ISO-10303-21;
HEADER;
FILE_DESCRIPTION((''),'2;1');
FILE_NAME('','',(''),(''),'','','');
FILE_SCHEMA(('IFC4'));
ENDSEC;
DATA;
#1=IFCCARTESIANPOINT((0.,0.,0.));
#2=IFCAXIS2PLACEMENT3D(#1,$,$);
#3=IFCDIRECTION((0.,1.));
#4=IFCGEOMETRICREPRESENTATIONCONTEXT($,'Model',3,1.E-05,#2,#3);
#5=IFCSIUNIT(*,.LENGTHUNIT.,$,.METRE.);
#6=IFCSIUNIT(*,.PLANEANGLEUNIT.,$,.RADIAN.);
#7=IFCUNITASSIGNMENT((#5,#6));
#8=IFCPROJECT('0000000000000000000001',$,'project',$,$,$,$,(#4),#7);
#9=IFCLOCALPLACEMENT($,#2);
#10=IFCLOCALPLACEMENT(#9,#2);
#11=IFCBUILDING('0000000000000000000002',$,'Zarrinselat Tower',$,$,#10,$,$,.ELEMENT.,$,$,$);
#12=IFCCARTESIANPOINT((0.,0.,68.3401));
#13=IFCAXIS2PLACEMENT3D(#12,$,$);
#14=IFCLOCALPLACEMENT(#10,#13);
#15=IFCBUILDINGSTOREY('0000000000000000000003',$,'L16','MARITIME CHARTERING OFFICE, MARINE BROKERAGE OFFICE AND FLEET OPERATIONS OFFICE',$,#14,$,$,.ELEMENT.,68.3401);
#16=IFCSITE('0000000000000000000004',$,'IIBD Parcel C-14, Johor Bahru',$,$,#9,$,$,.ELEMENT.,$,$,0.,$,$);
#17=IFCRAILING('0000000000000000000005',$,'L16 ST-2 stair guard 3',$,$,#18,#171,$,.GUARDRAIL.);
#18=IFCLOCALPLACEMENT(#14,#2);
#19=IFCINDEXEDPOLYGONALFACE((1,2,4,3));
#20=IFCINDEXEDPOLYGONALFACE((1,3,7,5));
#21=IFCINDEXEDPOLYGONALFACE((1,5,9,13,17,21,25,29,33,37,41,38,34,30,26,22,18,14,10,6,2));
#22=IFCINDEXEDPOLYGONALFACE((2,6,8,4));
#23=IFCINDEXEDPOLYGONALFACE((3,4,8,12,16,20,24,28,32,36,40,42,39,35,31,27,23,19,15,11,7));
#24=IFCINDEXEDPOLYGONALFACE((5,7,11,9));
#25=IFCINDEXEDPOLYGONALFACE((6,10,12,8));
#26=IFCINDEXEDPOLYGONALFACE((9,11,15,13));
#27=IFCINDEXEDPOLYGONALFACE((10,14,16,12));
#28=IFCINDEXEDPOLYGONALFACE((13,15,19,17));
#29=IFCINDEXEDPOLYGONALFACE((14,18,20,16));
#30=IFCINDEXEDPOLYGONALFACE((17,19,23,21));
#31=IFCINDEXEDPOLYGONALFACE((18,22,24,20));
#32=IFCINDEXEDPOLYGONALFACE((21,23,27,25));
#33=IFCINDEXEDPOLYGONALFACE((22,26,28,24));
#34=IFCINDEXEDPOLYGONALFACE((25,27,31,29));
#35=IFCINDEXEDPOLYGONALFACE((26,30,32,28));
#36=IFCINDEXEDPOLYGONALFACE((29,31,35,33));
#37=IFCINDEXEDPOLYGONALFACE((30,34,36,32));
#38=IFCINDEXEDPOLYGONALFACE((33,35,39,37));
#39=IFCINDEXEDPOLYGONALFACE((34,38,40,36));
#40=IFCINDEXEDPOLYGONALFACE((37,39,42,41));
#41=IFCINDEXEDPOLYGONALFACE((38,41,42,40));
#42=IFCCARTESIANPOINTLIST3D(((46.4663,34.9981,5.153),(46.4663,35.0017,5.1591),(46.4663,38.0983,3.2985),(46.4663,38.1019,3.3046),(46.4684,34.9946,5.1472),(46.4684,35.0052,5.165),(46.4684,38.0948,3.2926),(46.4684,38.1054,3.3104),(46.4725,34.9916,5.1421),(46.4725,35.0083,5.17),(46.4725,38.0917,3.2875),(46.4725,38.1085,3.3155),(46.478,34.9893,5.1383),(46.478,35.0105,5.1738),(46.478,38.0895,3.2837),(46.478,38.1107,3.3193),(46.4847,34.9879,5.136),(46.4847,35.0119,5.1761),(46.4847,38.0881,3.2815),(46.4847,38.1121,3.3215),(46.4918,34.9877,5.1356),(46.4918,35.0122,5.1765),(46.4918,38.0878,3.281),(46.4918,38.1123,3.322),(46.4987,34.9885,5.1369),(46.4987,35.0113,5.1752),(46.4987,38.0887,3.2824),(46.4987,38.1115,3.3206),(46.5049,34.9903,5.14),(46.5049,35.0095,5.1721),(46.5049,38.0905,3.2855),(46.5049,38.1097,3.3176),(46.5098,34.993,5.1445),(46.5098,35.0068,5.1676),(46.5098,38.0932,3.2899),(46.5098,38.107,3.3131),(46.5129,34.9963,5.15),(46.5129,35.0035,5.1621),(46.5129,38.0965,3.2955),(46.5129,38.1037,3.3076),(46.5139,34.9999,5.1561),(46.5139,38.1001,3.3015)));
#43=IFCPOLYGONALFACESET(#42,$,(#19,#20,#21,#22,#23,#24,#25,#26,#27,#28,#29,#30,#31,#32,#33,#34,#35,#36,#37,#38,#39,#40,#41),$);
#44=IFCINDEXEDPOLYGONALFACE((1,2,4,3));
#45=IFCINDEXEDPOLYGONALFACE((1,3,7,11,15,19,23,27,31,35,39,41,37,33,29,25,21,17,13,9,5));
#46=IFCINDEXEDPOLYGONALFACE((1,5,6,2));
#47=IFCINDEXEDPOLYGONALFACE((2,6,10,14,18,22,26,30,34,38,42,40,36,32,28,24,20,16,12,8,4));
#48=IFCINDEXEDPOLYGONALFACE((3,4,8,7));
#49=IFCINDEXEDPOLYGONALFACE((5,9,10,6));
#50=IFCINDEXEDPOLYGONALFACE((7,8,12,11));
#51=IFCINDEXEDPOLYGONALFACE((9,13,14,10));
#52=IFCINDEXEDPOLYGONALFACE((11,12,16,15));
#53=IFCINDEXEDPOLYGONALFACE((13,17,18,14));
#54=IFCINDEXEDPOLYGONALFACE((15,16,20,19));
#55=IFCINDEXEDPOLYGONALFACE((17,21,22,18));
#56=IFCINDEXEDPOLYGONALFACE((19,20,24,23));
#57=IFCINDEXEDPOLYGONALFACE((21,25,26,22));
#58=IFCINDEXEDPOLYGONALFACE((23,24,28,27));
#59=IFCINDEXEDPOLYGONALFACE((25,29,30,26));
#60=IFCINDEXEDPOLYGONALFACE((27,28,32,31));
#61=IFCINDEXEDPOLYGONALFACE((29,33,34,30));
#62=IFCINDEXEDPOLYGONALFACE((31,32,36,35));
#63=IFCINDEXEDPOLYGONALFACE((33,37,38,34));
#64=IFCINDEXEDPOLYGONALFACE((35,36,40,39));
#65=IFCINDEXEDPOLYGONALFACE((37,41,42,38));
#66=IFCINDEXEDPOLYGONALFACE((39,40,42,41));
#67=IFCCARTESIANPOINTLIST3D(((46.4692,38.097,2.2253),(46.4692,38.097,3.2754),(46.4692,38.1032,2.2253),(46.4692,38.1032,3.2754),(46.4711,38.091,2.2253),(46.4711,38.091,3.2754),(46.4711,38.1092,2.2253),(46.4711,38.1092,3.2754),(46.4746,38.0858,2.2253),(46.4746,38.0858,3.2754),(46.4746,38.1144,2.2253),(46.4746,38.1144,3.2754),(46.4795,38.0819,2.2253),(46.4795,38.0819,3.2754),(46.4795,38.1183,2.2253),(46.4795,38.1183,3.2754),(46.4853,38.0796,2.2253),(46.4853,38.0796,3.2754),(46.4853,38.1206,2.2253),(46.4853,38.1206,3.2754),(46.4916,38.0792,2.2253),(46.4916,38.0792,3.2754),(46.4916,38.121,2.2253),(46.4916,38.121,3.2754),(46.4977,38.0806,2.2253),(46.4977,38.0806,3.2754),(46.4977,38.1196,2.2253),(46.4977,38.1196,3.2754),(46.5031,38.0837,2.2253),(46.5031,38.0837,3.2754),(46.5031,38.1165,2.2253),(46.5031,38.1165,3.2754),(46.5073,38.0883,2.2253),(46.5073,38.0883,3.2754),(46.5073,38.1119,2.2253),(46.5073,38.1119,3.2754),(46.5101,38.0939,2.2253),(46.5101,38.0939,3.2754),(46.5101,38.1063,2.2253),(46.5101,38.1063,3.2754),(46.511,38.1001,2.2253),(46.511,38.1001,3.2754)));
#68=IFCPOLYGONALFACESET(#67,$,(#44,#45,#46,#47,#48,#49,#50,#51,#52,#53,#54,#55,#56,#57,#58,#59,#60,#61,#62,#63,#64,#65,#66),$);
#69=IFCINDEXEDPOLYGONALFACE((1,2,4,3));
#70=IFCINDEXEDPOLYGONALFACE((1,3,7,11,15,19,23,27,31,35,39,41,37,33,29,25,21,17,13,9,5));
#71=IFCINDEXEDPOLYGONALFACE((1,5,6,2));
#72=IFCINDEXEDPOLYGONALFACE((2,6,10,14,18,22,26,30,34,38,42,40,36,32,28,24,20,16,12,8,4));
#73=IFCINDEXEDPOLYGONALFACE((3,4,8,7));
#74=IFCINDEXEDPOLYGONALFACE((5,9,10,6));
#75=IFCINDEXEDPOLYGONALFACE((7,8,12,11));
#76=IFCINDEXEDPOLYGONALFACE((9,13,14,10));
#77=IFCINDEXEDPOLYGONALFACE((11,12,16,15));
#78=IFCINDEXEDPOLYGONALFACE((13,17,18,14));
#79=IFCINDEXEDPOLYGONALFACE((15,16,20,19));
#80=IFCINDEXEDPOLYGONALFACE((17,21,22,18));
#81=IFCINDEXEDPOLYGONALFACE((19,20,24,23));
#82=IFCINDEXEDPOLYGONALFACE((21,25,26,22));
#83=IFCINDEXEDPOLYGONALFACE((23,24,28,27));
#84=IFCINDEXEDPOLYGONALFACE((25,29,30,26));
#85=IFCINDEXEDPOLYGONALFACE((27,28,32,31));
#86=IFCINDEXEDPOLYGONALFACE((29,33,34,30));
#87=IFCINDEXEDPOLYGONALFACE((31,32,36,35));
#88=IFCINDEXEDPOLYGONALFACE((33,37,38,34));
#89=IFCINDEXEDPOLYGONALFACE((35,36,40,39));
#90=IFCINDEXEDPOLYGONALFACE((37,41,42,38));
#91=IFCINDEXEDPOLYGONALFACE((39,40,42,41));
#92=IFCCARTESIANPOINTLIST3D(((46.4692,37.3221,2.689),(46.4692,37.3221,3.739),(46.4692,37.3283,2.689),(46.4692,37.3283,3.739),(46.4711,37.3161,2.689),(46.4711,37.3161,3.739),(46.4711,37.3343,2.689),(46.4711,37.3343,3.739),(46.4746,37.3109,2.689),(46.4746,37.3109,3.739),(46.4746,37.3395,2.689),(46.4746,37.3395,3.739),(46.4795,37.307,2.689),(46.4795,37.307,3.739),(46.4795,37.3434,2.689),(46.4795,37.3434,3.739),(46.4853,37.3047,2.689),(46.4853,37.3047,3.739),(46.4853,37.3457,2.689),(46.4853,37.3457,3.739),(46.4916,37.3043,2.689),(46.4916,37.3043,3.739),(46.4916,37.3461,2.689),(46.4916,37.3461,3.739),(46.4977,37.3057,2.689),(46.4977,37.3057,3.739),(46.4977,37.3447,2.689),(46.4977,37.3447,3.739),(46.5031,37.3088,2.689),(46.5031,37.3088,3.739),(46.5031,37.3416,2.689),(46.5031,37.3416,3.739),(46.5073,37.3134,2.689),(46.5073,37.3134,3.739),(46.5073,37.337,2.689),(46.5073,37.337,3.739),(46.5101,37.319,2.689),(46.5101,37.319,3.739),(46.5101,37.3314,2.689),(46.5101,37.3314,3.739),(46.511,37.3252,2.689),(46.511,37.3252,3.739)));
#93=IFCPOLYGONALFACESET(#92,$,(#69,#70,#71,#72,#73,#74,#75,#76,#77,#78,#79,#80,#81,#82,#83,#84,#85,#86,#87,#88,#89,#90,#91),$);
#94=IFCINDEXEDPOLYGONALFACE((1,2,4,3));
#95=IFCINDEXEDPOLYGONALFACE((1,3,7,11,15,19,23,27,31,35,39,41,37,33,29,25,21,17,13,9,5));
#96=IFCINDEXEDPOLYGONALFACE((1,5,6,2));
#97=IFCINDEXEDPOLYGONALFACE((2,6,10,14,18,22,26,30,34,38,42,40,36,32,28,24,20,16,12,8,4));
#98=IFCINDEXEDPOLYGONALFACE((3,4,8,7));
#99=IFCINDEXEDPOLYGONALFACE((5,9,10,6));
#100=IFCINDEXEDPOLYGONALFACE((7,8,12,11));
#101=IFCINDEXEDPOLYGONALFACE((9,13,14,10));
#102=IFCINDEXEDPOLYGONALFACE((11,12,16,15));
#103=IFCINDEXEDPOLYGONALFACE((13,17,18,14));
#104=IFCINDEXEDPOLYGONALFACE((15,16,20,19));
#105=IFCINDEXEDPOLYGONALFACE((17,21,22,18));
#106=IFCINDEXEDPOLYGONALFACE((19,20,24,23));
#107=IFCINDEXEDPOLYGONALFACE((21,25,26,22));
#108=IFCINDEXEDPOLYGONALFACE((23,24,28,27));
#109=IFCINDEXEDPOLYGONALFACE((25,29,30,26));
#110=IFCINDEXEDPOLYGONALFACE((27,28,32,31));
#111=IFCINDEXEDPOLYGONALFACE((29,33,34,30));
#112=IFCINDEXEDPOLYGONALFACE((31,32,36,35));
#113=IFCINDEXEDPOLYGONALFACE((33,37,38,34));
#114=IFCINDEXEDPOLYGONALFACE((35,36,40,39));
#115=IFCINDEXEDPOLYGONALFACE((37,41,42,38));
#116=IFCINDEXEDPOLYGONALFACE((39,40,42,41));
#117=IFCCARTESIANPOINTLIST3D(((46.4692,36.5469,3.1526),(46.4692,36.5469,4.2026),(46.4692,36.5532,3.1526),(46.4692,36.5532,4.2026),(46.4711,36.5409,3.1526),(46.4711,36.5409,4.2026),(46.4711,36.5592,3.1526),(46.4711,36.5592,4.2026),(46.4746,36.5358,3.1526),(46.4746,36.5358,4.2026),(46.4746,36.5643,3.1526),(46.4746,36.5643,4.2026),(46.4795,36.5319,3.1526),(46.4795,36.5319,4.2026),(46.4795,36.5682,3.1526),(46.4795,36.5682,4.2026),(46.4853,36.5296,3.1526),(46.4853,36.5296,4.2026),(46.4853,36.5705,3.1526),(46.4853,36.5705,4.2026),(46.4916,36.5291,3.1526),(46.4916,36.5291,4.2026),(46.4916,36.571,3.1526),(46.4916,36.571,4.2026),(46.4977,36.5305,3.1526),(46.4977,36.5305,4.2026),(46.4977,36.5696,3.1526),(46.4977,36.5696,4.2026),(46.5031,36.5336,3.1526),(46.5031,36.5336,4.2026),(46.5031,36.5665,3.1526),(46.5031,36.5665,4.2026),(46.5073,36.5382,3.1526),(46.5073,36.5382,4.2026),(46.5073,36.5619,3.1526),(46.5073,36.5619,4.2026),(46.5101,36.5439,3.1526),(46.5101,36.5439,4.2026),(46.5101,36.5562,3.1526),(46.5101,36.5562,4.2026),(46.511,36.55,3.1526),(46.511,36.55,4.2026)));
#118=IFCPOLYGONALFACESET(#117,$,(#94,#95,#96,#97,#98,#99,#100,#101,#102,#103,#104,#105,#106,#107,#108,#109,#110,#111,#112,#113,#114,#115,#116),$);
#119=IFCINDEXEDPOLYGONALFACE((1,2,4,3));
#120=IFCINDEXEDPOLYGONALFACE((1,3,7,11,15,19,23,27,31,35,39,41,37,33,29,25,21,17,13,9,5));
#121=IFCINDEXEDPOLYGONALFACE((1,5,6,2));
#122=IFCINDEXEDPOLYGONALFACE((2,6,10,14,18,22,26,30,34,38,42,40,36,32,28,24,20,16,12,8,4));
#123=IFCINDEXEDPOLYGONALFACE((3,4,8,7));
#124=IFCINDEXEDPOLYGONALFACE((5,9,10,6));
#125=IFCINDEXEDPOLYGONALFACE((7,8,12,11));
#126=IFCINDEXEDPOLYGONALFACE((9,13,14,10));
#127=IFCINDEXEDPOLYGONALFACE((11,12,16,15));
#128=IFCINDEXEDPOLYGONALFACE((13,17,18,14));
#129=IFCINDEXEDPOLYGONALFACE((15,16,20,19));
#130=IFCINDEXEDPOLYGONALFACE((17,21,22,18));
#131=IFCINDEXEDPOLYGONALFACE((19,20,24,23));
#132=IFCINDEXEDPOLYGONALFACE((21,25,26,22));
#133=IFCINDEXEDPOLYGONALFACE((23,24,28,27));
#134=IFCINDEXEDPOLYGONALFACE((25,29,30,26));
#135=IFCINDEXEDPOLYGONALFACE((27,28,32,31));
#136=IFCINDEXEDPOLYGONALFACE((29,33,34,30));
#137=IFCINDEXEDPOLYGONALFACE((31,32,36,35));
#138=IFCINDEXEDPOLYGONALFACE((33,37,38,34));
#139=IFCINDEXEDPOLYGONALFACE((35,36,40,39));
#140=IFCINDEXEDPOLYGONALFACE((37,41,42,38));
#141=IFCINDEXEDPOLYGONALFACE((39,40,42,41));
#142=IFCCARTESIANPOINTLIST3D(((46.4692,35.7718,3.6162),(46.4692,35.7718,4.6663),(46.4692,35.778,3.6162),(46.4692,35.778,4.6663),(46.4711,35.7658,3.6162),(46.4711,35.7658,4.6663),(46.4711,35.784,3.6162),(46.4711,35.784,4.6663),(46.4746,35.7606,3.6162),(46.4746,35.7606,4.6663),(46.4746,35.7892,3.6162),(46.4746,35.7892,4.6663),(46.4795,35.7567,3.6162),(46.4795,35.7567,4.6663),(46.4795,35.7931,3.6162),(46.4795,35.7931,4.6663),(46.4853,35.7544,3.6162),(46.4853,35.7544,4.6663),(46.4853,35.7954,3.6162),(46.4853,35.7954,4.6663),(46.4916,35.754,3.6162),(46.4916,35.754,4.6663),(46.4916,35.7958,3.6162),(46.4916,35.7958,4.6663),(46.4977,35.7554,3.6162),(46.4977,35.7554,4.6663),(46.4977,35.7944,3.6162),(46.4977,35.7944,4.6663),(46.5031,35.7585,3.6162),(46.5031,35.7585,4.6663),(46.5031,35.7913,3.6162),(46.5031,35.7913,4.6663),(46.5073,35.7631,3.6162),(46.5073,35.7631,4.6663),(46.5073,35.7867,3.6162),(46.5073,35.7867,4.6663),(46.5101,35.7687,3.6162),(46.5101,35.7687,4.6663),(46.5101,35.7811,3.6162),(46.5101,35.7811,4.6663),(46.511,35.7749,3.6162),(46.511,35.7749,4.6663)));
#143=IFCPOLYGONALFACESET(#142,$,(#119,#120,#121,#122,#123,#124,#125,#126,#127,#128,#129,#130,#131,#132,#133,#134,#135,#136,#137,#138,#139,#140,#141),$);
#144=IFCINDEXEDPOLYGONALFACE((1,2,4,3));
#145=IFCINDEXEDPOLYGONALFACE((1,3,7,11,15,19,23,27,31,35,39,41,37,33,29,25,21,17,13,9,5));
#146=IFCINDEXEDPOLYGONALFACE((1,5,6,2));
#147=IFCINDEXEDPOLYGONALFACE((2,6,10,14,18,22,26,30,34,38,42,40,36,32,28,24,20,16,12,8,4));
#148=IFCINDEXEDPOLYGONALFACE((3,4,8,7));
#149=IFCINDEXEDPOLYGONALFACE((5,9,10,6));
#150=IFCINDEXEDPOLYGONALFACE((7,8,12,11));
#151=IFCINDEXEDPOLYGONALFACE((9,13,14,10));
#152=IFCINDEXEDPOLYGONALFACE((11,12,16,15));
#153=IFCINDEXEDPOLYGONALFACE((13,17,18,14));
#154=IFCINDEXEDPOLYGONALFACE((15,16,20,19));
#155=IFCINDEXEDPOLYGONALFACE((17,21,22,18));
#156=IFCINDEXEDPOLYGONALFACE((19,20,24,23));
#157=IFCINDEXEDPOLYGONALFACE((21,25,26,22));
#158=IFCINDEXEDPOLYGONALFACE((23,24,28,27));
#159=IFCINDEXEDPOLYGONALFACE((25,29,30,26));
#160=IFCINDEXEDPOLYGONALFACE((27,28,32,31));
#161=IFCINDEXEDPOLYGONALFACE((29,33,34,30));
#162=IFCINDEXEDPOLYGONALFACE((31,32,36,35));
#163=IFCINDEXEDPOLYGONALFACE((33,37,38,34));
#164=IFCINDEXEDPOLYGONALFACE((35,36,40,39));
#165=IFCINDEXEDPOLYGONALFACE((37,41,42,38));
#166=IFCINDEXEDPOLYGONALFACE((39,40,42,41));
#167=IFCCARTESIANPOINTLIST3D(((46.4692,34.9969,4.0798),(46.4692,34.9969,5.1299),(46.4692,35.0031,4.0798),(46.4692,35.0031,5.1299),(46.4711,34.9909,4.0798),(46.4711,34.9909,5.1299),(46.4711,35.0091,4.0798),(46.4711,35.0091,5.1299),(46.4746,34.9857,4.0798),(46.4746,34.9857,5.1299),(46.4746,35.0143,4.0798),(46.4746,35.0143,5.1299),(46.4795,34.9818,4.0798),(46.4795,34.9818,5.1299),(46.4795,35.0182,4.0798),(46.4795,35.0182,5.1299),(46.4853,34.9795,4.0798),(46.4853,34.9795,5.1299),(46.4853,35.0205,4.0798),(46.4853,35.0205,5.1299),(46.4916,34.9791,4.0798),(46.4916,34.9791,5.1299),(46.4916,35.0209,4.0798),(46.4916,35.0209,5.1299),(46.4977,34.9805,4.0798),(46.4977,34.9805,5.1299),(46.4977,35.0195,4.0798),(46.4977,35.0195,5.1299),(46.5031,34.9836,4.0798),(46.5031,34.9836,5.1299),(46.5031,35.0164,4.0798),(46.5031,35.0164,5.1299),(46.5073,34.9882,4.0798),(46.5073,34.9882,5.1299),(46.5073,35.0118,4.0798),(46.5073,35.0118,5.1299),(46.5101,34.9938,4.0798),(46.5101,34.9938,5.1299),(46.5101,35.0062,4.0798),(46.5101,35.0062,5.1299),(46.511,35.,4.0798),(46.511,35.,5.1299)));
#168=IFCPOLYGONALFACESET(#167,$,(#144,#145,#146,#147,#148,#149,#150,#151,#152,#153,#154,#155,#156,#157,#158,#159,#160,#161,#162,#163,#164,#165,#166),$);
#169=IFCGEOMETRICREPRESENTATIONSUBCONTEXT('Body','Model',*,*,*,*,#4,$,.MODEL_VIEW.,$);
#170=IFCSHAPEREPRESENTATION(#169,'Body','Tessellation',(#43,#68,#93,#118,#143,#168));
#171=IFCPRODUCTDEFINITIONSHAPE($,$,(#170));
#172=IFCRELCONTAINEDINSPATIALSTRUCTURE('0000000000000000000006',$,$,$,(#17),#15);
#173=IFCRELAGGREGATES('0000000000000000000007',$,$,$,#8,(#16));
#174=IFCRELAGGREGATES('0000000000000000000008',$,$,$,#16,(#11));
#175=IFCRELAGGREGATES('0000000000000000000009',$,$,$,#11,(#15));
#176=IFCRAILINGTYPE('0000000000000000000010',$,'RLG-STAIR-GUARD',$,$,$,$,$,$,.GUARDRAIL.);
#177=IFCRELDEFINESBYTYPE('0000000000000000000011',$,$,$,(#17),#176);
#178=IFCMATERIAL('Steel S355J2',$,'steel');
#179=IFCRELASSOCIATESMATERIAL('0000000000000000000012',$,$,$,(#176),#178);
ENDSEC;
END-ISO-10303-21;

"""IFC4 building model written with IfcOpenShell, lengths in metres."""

from ifc_helpers import new_model, si_unit, direction, frame, origin, origin_2d, place, context, subcontext, project, spatial, circle, extrude, material, type_object, element, save


model = new_model("IFC4")

# Units and contexts
model_context = context("Model", 3, precision=1e-05, world=origin(), true_north=direction((0.0, 1.0)))
body_context = subcontext(model_context, "Body", "Model", "MODEL_VIEW")
ifc_project = project(units=[si_unit("LENGTHUNIT", "METRE"), si_unit("PLANEANGLEUNIT", "RADIAN")], contexts=[model_context])

# Site, building, storey
site_placement = place(None, origin())
site = spatial("IfcSite", under=ifc_project, at=site_placement, Name="IIBD Parcel C-14, Johor Bahru", CompositionType="ELEMENT", RefElevation=0.0)
building_placement = place(site_placement, origin())
building = spatial("IfcBuilding", under=site, at=building_placement, Name="Zarrinselat Tower", CompositionType="ELEMENT")
storey_placement = place(building_placement, frame((0.0, 0.0, 68.3401)))
storey = spatial("IfcBuildingStorey", under=building, at=storey_placement, Name="L16", Description="MARITIME CHARTERING OFFICE, MARINE BROKERAGE OFFICE AND FLEET OPERATIONS OFFICE", CompositionType="ELEMENT", Elevation=68.3401)

# Railing
ifc_material_1 = material(Name="Steel S355J2", Category="steel")
railing_type_1 = type_object("IfcRailingType", Name="RLG-STAIR-GUARD", PredefinedType="GUARDRAIL", material=ifc_material_1)
railing_1_placement = place(storey_placement, frame((46.49, 38.1001, 2.2253)))
element("IfcRailing", 1, at=railing_1_placement, inside=storey, type_object=railing_type_1, Name="L16 ST-2 stair guard 3", PredefinedType="GUARDRAIL", context=body_context, shape_type="SweptSolid", body=[
    extrude(circle(Radius=0.0239, at=origin_2d()), frame((0.0, 0.0, 1.0762), z_axis=(0.0, -0.858172, 0.513362), x_axis=(1.0, 0.0, 0.0)), (0.0, 0.0, 1.0), 3.6125),
    extrude(circle(Radius=0.021, at=origin_2d()), origin(), (0.0, 0.0, 1.0), 1.05),
    extrude(circle(Radius=0.021, at=origin_2d()), frame((0.0, -0.7749, 0.4636)), (0.0, 0.0, 1.0), 1.05),
    extrude(circle(Radius=0.021, at=origin_2d()), frame((0.0, -1.55, 0.9272)), (0.0, 0.0, 1.0), 1.05),
    extrude(circle(Radius=0.021, at=origin_2d()), frame((0.0, -2.3252, 1.3909)), (0.0, 0.0, 1.0), 1.05),
    extrude(circle(Radius=0.021, at=origin_2d()), frame((0.0, -3.1001, 1.8545)), (0.0, 0.0, 1.0), 1.05),
])

save(model, "model.ifc")
